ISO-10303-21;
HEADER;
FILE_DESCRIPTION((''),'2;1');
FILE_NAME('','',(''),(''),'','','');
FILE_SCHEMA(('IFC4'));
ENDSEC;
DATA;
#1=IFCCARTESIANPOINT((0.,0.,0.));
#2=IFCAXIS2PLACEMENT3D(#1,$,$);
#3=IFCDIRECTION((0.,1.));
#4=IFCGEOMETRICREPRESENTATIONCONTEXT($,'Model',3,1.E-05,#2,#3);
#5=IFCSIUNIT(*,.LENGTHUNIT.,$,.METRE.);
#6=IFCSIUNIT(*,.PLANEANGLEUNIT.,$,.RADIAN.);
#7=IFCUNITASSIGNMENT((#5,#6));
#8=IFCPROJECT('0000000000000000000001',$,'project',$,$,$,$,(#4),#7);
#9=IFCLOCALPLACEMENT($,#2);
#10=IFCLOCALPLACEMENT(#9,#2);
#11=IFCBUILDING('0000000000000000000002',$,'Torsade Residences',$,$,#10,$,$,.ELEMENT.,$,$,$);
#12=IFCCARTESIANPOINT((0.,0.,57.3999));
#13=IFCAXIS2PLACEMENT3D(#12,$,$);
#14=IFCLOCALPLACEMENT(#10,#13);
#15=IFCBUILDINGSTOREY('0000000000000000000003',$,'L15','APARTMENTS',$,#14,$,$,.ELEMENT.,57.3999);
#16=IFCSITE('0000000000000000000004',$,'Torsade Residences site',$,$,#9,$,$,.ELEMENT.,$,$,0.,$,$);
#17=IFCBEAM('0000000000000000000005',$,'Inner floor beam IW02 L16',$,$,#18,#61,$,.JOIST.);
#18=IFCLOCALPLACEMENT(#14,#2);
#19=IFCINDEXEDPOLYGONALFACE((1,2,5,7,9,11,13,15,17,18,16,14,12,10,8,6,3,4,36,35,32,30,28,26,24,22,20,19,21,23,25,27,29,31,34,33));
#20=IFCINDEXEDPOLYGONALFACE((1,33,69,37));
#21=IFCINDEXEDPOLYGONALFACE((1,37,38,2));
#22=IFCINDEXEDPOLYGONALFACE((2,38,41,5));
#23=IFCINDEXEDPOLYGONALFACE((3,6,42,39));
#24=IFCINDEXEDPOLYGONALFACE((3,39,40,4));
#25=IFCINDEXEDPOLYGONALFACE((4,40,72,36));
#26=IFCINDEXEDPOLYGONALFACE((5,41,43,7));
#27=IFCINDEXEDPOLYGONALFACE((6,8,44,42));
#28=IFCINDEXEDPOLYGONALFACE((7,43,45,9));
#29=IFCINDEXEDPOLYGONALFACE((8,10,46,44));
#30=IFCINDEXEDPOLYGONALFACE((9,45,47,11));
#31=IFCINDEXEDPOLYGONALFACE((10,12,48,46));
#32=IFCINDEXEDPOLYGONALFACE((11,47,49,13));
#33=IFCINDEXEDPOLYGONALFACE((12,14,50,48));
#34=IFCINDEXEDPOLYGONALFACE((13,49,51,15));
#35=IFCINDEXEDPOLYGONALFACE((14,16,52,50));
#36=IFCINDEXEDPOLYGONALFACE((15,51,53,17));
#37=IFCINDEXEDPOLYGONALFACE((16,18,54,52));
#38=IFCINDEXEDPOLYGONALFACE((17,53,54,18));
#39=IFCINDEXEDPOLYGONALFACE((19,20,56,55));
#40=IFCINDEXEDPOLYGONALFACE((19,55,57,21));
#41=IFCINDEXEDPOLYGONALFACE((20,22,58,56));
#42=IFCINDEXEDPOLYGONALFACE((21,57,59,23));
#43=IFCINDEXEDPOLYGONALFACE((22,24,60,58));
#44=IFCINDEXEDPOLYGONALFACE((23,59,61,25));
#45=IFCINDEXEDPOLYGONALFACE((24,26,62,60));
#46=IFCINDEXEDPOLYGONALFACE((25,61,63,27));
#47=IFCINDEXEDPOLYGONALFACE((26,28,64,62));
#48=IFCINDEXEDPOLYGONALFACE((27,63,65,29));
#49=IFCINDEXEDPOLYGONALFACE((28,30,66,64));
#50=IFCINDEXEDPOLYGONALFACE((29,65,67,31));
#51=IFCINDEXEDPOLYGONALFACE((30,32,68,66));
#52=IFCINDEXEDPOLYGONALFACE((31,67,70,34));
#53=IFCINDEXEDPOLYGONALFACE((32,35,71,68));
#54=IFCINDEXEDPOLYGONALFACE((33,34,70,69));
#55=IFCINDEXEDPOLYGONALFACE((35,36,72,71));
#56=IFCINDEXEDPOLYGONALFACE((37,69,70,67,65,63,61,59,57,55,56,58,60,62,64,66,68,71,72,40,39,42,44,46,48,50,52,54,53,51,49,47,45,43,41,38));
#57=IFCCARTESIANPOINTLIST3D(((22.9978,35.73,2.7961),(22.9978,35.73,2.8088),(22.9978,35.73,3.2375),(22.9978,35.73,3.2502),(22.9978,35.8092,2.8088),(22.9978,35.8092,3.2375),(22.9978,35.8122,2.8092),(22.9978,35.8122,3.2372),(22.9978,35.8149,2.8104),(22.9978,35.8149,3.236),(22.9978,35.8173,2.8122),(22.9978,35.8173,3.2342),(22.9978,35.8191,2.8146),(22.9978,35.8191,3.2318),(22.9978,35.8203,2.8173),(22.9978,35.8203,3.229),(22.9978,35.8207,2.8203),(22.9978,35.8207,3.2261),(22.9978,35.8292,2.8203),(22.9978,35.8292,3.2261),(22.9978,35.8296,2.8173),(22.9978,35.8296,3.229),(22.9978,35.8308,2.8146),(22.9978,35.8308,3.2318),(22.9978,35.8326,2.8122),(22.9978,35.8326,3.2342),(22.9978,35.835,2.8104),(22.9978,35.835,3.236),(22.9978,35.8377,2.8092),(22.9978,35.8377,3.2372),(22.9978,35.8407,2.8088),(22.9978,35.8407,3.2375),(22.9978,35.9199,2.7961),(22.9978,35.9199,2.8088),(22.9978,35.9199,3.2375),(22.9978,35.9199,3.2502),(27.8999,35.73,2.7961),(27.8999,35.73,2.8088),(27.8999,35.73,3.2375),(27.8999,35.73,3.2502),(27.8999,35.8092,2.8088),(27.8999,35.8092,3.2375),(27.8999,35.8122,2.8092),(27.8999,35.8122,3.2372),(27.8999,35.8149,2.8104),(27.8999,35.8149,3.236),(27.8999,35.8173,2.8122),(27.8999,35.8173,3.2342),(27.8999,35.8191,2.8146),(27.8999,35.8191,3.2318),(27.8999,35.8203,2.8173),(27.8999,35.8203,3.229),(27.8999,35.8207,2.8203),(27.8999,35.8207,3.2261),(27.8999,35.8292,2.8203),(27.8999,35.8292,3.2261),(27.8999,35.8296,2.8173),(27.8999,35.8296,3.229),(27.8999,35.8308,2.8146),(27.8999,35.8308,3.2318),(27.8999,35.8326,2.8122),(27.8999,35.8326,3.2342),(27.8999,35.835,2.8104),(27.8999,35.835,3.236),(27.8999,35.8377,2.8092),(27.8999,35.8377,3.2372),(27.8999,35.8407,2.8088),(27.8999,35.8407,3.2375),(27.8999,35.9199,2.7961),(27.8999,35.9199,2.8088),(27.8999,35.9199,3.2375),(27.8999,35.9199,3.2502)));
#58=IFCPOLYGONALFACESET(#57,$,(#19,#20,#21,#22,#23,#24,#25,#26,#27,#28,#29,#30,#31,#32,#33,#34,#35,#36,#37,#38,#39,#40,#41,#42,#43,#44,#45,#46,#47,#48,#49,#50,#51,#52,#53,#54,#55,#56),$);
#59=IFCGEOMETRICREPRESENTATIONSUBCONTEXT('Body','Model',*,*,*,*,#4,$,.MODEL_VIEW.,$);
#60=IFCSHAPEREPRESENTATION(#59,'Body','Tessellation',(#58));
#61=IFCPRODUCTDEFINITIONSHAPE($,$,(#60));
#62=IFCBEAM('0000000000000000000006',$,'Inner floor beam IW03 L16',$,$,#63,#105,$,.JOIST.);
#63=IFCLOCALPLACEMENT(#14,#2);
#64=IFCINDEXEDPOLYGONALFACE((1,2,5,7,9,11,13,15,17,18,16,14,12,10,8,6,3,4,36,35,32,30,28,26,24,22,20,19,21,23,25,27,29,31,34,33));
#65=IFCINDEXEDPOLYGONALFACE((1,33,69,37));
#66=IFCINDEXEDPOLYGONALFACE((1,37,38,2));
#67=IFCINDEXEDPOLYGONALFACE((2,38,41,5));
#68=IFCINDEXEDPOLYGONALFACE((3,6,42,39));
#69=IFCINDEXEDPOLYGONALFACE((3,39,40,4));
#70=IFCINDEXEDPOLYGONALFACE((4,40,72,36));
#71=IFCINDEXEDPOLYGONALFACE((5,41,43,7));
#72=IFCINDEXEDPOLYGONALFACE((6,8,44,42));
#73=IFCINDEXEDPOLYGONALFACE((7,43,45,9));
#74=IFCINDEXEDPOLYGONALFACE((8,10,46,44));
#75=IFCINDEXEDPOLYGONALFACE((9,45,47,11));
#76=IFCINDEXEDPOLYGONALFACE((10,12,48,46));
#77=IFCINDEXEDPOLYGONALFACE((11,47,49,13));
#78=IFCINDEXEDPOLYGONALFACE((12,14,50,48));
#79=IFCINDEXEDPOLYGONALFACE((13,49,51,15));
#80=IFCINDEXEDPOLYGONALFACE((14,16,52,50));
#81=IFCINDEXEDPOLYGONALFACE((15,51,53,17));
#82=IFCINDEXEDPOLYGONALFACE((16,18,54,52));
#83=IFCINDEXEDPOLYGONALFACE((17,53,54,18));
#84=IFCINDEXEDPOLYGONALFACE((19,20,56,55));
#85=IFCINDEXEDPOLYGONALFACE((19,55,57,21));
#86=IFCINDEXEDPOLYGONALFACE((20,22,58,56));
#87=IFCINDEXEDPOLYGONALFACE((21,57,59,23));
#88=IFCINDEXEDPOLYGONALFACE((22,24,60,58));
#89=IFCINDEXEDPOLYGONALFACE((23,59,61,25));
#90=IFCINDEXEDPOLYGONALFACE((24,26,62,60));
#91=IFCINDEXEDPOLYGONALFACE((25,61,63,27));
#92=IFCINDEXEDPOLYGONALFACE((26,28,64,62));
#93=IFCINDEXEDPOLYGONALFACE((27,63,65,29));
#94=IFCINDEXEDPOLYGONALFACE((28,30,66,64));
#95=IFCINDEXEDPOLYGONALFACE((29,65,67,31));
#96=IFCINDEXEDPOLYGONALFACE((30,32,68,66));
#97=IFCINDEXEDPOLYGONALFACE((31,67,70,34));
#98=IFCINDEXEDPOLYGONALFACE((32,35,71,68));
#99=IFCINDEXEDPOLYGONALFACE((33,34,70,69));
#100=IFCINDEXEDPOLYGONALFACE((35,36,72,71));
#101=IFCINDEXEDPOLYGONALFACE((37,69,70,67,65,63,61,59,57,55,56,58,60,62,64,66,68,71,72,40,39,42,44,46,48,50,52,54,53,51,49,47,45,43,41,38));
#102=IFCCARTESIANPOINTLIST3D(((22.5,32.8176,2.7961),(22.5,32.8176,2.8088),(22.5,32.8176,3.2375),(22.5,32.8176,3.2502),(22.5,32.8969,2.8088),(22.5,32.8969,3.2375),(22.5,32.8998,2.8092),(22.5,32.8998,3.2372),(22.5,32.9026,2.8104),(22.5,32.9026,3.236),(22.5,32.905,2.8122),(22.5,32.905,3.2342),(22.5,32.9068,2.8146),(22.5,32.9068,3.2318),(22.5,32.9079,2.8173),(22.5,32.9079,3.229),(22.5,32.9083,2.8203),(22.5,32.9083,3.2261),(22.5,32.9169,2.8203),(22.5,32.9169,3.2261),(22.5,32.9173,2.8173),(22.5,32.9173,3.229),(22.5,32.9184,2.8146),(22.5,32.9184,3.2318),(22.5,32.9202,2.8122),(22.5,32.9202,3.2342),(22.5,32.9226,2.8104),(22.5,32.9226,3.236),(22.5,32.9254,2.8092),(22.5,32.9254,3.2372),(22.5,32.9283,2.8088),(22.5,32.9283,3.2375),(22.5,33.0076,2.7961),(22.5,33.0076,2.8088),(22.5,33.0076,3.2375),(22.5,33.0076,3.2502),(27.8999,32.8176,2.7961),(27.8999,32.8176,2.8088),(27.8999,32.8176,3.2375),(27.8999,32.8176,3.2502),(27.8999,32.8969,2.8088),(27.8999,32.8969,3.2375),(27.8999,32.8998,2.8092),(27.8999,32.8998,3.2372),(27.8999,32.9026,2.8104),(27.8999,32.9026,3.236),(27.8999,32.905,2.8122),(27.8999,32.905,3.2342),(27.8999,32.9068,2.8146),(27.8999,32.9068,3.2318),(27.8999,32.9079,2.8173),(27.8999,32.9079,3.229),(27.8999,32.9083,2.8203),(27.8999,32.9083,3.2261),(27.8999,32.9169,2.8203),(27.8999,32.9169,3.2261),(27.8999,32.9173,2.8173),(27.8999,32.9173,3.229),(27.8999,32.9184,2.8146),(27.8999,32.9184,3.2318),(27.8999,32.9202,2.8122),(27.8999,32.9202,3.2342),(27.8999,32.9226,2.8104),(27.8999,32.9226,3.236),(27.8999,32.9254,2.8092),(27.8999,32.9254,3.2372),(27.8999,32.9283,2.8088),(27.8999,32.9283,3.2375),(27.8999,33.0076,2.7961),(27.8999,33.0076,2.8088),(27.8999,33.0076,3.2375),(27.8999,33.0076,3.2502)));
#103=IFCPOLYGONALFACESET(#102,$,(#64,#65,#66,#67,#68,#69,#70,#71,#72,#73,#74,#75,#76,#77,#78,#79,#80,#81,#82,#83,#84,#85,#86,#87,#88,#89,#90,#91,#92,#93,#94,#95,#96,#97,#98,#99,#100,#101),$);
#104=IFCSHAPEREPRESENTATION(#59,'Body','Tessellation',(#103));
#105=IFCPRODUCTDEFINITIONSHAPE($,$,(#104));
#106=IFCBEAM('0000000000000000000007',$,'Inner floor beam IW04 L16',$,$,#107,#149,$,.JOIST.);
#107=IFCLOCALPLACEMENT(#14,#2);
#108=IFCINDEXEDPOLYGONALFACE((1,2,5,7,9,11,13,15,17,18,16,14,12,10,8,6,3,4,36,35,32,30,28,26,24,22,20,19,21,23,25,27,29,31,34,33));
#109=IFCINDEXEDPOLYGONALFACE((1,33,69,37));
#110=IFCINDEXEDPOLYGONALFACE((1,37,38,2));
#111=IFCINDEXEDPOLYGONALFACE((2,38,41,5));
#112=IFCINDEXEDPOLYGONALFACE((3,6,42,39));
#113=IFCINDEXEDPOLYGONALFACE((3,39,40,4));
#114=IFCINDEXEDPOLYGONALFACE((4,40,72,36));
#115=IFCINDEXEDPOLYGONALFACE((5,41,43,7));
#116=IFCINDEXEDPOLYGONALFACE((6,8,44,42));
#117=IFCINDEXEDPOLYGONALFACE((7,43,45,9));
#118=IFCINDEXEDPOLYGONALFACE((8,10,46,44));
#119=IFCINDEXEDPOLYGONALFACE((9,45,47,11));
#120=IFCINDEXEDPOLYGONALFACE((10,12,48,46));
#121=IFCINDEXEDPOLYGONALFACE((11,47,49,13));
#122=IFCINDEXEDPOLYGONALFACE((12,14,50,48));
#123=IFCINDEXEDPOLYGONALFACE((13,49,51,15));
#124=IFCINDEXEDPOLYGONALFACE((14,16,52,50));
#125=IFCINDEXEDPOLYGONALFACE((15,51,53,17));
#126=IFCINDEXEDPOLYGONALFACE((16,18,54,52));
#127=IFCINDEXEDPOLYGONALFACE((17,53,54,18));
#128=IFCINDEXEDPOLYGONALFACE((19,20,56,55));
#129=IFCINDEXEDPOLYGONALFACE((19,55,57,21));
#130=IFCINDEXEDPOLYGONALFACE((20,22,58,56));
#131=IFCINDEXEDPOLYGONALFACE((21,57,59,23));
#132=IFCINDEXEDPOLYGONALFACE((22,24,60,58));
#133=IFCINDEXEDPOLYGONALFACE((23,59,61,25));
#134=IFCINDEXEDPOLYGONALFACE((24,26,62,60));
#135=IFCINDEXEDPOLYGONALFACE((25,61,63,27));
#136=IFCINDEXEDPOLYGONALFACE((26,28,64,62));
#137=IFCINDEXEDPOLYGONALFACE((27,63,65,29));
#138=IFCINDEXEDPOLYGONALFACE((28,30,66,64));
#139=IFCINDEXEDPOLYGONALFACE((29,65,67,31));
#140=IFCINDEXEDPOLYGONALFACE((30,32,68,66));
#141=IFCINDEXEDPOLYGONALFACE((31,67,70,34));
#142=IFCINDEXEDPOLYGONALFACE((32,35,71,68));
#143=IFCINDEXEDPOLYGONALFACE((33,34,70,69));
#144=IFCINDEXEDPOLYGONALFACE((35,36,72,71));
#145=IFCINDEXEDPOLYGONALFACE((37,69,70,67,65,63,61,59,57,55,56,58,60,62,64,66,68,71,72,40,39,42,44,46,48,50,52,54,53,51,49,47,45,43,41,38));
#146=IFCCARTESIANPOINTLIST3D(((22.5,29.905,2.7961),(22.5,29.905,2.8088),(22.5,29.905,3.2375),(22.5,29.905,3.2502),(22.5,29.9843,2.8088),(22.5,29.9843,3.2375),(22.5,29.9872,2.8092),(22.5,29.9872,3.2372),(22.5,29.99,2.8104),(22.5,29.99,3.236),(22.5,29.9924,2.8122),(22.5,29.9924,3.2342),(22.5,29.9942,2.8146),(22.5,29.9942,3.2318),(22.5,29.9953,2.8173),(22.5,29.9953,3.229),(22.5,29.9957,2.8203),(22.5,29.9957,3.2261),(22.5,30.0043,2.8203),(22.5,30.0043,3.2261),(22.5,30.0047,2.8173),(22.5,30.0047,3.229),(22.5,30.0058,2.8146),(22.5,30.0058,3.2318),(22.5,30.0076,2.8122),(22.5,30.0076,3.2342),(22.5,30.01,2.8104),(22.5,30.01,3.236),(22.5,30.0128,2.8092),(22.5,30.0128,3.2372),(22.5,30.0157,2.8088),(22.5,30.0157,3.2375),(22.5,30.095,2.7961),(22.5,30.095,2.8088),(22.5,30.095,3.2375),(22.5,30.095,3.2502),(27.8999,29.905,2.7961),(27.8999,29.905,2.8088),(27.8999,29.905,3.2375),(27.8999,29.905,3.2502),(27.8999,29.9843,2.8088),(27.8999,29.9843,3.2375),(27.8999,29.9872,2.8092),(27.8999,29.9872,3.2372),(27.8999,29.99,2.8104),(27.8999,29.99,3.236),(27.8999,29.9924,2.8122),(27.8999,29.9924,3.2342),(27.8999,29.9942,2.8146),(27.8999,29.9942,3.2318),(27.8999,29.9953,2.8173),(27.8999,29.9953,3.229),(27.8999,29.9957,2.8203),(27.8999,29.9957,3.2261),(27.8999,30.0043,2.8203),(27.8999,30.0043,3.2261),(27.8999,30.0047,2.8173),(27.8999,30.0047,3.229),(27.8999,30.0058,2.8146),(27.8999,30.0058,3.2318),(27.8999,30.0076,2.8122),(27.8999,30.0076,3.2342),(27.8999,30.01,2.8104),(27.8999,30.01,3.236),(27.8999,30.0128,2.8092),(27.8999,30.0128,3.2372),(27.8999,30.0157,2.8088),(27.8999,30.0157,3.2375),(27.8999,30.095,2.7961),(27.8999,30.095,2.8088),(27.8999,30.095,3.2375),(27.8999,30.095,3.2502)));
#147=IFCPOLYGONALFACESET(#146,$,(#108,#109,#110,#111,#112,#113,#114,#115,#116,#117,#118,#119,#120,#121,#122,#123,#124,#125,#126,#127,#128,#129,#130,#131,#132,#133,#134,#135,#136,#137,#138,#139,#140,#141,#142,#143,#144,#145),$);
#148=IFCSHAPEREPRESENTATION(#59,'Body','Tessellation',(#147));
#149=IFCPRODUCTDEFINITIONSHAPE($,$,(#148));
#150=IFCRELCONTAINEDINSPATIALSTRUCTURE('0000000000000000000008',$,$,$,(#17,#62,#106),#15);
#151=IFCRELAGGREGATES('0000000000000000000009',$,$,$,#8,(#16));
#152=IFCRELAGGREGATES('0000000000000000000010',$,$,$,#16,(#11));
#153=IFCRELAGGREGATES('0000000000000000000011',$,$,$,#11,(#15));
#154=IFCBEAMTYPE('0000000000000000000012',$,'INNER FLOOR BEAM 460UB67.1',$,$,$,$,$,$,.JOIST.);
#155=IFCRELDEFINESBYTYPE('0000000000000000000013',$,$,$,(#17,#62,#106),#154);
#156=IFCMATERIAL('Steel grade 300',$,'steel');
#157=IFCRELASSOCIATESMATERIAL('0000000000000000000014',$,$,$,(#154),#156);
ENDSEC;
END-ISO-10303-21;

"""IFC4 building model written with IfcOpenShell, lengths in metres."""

from ifc_helpers import new_model, si_unit, direction, frame, origin, origin_2d, place, context, subcontext, project, spatial, i_section, extrude, material, material_profile, profile_set, type_object, element, save


model = new_model("IFC4")

# Units and contexts
model_context = context("Model", 3, precision=1e-05, world=origin(), true_north=direction((0.0, 1.0)))
body_context = subcontext(model_context, "Body", "Model", "MODEL_VIEW")
ifc_project = project(units=[si_unit("LENGTHUNIT", "METRE"), si_unit("PLANEANGLEUNIT", "RADIAN")], contexts=[model_context])

# Site, building, storey
site_placement = place(None, origin())
site = spatial("IfcSite", under=ifc_project, at=site_placement, Name="Torsade Residences site", CompositionType="ELEMENT", RefElevation=0.0)
building_placement = place(site_placement, origin())
building = spatial("IfcBuilding", under=site, at=building_placement, Name="Torsade Residences", CompositionType="ELEMENT")
storey_placement = place(building_placement, frame((0.0, 0.0, 57.3999)))
storey = spatial("IfcBuildingStorey", under=building, at=storey_placement, Name="L15", Description="APARTMENTS", CompositionType="ELEMENT", Elevation=57.3999)

# Beams
ifc_material_1 = material(Name="Steel grade 300", Category="steel")
ifc_material_profile = material_profile(ifc_material_1, i_section(OverallWidth=0.1899, OverallDepth=0.4541, WebThickness=0.0085, FlangeThickness=0.0127, FilletRadius=0.0115, at=origin_2d()), Name="460UB67.1")
ifc_profile_set = profile_set([ifc_material_profile], Name="Steel grade 300")
beam_type = type_object("IfcBeamType", Name="INNER FLOOR BEAM 460UB67.1", PredefinedType="JOIST", material=ifc_profile_set)
beam_placement = place(storey_placement, frame((27.8999, 35.825, 3.0232), z_axis=(-1.0, 0.0, 0.0), x_axis=(0.0, -1.0, 0.0)))
element("IfcBeam", 1, at=beam_placement, inside=storey, type_object=beam_type, Name="Inner floor beam IW02 L16", PredefinedType="JOIST", context=body_context, shape_type="SweptSolid", body=[
    extrude(i_section(OverallWidth=0.1899, OverallDepth=0.4541, WebThickness=0.0085, FlangeThickness=0.0127, FilletRadius=0.0115, at=origin_2d()), origin(), (0.0, 0.0, 1.0), 4.9021),
])
for number, where, z_axis, x_axis, name in (
    (2, (27.8999, 32.9126, 3.0232), (-1.0, 0.0, 0.0), (0.0, -1.0, 0.0), "Inner floor beam IW03 L16"),
    (3, (27.8999, 30.0, 3.0232), (-1.0, 0.0, 0.0), (0.0, -1.0, 0.0), "Inner floor beam IW04 L16"),
):
    element("IfcBeam", number, at=place(storey_placement, frame(where, z_axis=z_axis, x_axis=x_axis)), inside=storey, type_object=beam_type, Name=name, PredefinedType="JOIST", context=body_context, shape_type="SweptSolid", body=[
        extrude(i_section(OverallWidth=0.1899, OverallDepth=0.4541, WebThickness=0.0085, FlangeThickness=0.0127, FilletRadius=0.0115, at=origin_2d()), origin(), (0.0, 0.0, 1.0), 5.3999),
    ])

save(model, "model.ifc")
